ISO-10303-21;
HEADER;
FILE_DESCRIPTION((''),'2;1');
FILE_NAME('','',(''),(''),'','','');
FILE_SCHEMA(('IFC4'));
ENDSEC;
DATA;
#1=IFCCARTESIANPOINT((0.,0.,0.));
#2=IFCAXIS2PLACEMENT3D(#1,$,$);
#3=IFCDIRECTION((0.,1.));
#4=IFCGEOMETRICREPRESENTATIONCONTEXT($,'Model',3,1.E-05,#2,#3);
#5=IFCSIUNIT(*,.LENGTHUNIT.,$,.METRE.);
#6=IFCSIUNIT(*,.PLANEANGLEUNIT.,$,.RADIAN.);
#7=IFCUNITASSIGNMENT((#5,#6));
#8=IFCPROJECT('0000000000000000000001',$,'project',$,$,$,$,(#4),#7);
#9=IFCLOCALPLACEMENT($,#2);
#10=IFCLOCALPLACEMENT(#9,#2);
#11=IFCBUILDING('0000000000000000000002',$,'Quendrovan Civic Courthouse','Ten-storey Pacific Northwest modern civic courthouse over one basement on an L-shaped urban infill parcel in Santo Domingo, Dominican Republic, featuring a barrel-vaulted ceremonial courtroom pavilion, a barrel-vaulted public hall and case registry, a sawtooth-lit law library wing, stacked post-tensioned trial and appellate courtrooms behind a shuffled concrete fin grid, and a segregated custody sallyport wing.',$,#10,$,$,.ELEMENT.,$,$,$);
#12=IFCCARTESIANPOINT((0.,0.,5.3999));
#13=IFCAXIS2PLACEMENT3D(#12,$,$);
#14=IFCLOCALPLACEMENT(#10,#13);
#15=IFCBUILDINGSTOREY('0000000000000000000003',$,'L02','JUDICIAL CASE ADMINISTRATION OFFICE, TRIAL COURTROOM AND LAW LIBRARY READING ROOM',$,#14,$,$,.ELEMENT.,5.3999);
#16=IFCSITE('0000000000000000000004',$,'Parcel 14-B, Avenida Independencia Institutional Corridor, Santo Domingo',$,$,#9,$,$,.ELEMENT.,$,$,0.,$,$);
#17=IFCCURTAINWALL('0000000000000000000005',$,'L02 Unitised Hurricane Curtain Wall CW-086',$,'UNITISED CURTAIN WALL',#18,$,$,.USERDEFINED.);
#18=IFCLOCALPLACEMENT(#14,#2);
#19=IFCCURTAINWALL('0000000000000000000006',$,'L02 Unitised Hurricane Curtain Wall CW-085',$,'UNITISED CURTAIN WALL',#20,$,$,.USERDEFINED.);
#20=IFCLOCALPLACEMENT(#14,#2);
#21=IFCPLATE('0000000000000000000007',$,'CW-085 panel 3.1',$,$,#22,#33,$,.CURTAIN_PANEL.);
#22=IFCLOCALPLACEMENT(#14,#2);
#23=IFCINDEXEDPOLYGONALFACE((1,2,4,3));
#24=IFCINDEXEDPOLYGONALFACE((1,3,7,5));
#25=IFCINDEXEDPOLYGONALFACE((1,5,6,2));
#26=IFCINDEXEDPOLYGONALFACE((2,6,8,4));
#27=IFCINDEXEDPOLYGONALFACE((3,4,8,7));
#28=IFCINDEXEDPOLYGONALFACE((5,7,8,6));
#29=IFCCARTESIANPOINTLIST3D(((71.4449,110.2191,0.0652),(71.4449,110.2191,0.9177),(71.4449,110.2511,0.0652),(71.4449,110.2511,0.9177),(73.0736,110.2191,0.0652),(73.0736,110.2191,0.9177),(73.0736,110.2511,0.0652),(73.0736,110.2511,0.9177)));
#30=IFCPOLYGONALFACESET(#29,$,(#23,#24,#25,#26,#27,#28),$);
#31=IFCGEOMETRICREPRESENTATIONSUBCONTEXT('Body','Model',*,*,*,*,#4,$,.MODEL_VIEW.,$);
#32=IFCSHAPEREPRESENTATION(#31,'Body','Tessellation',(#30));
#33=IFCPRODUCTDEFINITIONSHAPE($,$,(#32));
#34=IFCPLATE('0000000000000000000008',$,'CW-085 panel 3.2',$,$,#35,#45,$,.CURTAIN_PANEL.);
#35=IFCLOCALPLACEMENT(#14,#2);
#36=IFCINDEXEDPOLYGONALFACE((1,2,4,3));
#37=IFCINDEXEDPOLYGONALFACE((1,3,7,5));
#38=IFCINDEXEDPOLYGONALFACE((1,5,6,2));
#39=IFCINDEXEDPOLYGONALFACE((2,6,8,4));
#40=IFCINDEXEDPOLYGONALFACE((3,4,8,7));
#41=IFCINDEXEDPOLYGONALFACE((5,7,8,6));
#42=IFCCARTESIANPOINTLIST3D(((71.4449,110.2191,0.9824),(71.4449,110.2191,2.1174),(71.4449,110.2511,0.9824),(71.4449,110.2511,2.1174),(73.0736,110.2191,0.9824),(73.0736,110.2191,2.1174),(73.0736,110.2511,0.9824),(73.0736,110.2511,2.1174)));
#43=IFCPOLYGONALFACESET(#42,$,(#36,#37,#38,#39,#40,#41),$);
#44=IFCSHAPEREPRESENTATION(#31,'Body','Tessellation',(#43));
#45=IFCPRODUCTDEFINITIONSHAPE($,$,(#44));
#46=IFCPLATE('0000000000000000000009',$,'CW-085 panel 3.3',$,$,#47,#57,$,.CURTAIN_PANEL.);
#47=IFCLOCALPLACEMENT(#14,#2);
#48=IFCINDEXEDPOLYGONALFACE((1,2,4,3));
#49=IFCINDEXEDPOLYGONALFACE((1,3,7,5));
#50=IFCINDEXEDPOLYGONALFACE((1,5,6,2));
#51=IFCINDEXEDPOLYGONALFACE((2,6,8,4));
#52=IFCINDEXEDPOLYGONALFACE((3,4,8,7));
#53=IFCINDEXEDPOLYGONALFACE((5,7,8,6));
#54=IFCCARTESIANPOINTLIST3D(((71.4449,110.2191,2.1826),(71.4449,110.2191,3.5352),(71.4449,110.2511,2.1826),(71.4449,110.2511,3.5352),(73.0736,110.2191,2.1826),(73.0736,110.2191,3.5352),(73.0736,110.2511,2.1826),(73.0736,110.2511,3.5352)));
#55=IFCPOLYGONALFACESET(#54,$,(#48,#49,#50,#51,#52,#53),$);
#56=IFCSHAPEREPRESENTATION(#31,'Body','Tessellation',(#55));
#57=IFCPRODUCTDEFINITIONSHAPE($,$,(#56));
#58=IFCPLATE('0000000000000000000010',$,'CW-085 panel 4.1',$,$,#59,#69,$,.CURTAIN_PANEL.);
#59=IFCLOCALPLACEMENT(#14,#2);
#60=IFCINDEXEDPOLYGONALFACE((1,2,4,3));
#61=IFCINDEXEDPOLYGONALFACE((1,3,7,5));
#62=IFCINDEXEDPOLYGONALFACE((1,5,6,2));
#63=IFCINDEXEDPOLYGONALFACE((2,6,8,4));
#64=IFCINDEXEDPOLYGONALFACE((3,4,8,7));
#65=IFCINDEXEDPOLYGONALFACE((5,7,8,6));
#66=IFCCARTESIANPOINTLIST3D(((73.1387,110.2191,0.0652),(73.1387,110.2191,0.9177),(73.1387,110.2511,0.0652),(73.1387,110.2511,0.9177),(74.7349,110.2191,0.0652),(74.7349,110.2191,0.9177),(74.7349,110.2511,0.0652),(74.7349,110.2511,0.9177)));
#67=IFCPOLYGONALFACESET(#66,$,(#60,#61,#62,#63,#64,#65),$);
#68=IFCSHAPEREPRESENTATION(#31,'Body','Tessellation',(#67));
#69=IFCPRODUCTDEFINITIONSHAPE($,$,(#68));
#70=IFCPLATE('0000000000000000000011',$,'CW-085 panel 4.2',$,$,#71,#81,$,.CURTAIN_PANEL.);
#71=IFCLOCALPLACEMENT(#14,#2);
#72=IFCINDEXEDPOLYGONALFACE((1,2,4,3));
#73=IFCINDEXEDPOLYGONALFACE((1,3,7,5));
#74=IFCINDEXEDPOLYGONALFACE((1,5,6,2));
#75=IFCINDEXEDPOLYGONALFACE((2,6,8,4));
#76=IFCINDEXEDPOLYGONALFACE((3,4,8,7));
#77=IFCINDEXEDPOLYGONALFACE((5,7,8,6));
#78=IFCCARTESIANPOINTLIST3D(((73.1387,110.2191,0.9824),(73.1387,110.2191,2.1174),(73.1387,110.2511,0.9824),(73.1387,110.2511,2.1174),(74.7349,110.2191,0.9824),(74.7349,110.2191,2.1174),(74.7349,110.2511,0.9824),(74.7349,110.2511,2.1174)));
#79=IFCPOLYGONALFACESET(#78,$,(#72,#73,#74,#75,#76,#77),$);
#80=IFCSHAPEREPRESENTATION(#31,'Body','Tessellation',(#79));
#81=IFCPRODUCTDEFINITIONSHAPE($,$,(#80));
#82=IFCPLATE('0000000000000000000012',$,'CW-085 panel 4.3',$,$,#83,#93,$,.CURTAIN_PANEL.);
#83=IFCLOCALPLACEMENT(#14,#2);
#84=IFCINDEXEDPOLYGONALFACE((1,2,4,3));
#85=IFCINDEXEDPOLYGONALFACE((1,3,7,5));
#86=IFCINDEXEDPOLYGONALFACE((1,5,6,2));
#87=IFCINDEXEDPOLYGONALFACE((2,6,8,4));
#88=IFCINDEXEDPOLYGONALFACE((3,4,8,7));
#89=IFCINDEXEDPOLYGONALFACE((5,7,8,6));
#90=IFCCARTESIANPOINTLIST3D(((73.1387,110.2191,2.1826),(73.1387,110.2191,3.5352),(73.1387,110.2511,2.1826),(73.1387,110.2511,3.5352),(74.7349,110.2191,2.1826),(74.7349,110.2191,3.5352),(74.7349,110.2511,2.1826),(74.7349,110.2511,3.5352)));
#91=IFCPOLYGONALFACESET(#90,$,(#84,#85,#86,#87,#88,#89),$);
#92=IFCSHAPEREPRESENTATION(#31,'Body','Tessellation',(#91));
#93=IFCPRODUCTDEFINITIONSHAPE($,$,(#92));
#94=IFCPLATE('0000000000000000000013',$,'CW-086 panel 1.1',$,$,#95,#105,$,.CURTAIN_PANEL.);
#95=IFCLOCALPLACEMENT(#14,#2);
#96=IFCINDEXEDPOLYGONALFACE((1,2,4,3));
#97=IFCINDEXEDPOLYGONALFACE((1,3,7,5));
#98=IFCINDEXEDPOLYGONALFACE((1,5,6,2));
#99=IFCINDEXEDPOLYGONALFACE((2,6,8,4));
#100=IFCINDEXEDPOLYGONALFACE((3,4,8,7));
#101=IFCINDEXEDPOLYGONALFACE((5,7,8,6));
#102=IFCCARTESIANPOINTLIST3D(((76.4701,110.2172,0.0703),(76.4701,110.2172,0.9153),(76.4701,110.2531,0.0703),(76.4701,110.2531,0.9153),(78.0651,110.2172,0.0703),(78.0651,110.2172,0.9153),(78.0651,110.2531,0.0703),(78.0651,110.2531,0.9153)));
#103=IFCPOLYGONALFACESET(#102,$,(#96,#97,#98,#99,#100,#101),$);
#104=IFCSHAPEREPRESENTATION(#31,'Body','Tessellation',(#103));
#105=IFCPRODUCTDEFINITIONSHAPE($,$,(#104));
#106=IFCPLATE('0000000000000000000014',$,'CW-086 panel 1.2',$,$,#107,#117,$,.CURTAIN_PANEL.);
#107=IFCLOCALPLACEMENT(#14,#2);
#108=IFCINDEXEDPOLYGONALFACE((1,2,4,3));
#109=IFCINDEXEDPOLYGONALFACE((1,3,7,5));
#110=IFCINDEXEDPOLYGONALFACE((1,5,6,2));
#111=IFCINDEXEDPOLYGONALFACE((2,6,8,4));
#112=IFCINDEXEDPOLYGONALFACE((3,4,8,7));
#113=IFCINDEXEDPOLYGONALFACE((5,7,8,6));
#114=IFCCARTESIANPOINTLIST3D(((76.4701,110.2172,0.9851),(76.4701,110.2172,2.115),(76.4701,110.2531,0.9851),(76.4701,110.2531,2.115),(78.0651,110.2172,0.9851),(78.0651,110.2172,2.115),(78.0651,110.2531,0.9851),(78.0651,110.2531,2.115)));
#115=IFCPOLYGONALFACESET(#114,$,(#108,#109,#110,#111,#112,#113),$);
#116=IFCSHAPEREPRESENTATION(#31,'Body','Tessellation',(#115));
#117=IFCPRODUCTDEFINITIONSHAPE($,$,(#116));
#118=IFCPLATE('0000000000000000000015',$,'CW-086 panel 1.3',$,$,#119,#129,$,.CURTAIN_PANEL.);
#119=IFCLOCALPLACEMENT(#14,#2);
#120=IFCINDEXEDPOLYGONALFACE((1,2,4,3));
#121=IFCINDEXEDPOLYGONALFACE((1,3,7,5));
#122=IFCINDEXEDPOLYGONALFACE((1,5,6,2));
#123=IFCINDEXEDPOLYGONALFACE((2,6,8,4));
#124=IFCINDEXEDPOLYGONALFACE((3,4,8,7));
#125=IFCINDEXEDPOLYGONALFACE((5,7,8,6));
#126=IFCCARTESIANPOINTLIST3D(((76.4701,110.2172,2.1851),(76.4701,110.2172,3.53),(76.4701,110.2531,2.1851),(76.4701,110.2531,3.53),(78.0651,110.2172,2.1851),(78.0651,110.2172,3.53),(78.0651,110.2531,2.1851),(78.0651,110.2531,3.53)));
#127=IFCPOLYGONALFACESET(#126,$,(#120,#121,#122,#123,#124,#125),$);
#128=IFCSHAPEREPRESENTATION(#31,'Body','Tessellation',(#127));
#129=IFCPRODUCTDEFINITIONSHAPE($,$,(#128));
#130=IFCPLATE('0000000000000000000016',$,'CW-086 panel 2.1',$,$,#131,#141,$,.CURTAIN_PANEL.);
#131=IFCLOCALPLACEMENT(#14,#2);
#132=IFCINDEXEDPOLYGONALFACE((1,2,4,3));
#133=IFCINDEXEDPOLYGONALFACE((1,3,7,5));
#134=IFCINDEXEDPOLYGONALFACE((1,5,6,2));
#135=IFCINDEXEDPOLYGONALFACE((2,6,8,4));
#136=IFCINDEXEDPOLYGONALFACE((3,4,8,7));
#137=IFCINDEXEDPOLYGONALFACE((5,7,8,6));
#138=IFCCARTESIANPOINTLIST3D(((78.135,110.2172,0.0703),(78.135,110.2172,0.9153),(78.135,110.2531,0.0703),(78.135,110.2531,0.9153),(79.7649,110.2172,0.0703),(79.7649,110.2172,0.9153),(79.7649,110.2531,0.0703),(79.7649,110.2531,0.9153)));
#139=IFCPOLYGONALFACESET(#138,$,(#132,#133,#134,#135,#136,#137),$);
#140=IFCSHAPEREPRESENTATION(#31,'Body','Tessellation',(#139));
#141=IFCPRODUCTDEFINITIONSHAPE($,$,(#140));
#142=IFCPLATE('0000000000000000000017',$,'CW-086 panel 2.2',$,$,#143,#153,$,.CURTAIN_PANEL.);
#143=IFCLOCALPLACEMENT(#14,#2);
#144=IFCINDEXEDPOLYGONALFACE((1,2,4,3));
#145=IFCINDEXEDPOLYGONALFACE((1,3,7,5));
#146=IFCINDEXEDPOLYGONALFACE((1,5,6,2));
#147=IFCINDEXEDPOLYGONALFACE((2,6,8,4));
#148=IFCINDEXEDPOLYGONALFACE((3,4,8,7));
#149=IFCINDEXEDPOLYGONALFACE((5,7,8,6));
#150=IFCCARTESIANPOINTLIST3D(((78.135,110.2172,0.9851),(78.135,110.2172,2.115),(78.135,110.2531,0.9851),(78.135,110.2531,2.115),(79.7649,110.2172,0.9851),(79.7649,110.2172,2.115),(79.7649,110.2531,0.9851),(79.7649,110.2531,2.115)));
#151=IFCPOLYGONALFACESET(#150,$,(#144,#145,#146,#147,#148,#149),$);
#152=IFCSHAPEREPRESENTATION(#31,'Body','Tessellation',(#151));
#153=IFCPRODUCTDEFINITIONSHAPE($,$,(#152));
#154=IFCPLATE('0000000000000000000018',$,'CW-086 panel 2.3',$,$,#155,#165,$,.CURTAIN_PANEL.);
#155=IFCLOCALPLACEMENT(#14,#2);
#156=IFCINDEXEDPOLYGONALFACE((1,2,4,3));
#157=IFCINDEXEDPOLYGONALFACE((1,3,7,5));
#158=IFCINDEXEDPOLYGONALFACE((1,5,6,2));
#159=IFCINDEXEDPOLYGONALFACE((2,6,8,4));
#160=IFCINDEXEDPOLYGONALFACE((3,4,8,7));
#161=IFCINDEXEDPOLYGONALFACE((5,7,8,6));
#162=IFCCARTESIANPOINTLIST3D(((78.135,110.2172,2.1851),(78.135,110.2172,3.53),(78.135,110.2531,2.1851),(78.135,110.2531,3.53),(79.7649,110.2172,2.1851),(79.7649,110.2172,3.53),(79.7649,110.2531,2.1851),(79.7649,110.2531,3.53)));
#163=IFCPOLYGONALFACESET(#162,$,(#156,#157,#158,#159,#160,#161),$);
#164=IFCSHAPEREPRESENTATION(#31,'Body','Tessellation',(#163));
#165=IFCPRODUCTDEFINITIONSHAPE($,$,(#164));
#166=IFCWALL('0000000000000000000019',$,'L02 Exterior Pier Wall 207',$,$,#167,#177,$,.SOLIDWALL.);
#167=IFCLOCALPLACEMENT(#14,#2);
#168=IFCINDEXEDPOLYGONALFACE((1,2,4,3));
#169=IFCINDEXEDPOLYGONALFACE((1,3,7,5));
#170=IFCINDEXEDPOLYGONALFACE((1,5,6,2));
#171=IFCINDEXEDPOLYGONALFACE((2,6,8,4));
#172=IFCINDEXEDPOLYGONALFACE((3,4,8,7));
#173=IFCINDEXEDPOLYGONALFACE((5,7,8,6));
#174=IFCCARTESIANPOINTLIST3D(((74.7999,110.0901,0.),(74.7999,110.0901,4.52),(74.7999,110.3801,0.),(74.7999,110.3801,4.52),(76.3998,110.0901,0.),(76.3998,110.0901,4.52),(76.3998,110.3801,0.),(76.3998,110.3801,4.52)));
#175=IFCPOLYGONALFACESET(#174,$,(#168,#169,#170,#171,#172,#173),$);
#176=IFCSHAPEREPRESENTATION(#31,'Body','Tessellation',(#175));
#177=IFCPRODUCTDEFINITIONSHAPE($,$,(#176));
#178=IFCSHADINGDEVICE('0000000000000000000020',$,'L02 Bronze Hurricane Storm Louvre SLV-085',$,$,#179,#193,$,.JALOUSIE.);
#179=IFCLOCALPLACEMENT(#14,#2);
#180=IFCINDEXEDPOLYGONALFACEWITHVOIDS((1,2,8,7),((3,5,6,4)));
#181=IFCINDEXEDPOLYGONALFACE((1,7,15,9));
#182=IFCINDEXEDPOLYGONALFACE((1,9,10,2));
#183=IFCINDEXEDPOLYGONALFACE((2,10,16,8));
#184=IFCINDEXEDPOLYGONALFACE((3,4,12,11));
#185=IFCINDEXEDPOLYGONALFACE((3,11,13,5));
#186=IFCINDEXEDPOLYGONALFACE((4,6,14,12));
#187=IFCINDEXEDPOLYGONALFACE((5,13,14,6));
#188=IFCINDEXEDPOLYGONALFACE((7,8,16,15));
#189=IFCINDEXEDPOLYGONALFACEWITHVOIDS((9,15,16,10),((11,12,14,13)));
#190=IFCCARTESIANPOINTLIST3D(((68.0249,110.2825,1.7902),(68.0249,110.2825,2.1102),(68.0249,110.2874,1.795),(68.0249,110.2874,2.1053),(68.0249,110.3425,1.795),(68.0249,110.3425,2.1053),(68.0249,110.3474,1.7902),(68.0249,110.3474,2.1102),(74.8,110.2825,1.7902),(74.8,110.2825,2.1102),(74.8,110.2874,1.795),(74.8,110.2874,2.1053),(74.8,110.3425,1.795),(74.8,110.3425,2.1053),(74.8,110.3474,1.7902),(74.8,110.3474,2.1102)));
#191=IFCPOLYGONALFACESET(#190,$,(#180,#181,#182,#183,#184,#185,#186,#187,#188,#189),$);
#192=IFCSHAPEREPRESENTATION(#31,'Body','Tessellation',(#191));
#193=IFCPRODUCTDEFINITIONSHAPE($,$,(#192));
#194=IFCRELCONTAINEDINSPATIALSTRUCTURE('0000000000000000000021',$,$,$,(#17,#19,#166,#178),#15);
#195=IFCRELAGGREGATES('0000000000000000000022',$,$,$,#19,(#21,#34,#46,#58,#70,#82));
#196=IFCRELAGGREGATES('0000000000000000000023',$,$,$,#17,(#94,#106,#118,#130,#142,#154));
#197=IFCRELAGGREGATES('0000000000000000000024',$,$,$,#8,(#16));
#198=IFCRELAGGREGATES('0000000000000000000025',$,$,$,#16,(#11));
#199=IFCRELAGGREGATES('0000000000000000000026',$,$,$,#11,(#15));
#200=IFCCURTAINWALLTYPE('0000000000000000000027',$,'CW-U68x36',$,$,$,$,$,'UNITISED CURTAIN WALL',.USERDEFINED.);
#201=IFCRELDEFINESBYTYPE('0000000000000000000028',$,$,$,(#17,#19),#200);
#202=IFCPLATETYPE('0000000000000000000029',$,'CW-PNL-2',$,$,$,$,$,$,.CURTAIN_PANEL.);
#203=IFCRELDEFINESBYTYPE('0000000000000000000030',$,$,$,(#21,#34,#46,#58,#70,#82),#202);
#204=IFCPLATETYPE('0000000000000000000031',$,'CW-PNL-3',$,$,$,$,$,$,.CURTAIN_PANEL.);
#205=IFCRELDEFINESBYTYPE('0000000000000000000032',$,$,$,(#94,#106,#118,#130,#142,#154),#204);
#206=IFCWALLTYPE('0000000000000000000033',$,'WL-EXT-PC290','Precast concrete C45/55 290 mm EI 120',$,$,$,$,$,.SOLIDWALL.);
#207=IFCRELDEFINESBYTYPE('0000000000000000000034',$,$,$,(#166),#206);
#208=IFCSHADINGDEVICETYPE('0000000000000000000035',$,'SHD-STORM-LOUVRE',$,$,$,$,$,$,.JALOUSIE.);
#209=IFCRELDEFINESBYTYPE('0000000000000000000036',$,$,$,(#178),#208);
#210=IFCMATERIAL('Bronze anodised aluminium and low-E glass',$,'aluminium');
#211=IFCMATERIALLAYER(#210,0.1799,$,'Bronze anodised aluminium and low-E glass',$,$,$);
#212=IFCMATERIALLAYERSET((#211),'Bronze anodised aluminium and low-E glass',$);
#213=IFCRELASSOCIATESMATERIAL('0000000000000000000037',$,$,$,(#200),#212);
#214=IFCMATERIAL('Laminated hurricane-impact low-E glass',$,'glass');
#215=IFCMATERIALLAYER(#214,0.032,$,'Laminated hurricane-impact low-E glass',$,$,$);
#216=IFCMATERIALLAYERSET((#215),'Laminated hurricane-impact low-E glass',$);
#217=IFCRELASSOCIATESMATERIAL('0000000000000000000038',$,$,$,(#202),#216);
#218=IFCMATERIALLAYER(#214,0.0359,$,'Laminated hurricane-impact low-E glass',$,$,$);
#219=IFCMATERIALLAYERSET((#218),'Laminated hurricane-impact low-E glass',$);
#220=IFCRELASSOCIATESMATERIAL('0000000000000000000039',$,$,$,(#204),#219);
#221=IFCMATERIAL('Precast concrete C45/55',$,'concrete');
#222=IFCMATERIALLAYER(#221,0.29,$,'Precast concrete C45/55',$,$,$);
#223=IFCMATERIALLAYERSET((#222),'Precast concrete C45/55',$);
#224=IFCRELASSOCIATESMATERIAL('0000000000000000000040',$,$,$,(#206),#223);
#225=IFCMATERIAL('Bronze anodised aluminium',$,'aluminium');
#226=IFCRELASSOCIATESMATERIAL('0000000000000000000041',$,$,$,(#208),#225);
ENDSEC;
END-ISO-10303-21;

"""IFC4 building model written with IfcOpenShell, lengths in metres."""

from ifc_helpers import new_model, si_unit, direction, frame, frame_2d, origin, origin_2d, place, context, subcontext, project, spatial, rectangle, hollow_rectangle, extrude, material, layer, layer_set, material_profile, profile_set, type_object, element, aggregate, save


model = new_model("IFC4")

# Units and contexts
model_context = context("Model", 3, precision=1e-05, world=origin(), true_north=direction((0.0, 1.0)))
body_context = subcontext(model_context, "Body", "Model", "MODEL_VIEW")
ifc_project = project(units=[si_unit("LENGTHUNIT", "METRE"), si_unit("PLANEANGLEUNIT", "RADIAN")], contexts=[model_context])

# Site, building, storey
site_placement = place(None, origin())
site = spatial("IfcSite", under=ifc_project, at=site_placement, Name="Parcel 14-B, Avenida Independencia Institutional Corridor, Santo Domingo", CompositionType="ELEMENT", RefElevation=0.0)
building_placement = place(site_placement, origin())
building = spatial("IfcBuilding", under=site, at=building_placement, Name="Quendrovan Civic Courthouse", Description="Ten-storey Pacific Northwest modern civic courthouse over one basement on an L-shaped urban infill parcel in Santo Domingo, Dominican Republic, featuring a barrel-vaulted ceremonial courtroom pavilion, a barrel-vaulted public hall and case registry, a sawtooth-lit law library wing, stacked post-tensioned trial and appellate courtrooms behind a shuffled concrete fin grid, and a segregated custody sallyport wing.", CompositionType="ELEMENT")
storey_placement = place(building_placement, frame((0.0, 0.0, 5.3999)))
storey = spatial("IfcBuildingStorey", under=building, at=storey_placement, Name="L02", Description="JUDICIAL CASE ADMINISTRATION OFFICE, TRIAL COURTROOM AND LAW LIBRARY READING ROOM", CompositionType="ELEMENT", Elevation=5.3999)

# Curtain walls
ifc_material_1 = material(Name="Bronze anodised aluminium and low-E glass", Category="aluminium")
ifc_layer_1 = layer(ifc_material_1, 0.1799, Name="Bronze anodised aluminium and low-E glass")
ifc_layer_set_1 = layer_set([ifc_layer_1], Name="Bronze anodised aluminium and low-E glass")
curtain_wall_type = type_object("IfcCurtainWallType", Name="CW-U68x36", ElementType="UNITISED CURTAIN WALL", PredefinedType="USERDEFINED", material=ifc_layer_set_1)
curtain_wall_1_placement = place(storey_placement, origin())
curtain_wall_1 = element("IfcCurtainWall", 1, at=curtain_wall_1_placement, inside=storey, type_object=curtain_wall_type, Name="L02 Unitised Hurricane Curtain Wall CW-086", ObjectType="UNITISED CURTAIN WALL", PredefinedType="USERDEFINED")
ifc_material_2 = material(Name="Bronze anodised aluminium", Category="aluminium")
curtain_wall_2_placement = place(storey_placement, origin())
curtain_wall_2 = element("IfcCurtainWall", 2, at=curtain_wall_2_placement, inside=storey, type_object=curtain_wall_type, Name="L02 Unitised Hurricane Curtain Wall CW-085", ObjectType="UNITISED CURTAIN WALL", PredefinedType="USERDEFINED")

# Plates
ifc_material_3 = material(Name="Laminated hurricane-impact low-E glass", Category="glass")
ifc_layer_2 = layer(ifc_material_3, 0.032, Name="Laminated hurricane-impact low-E glass")
ifc_layer_set_2 = layer_set([ifc_layer_2], Name="Laminated hurricane-impact low-E glass")
plate_type_1 = type_object("IfcPlateType", Name="CW-PNL-2", PredefinedType="CURTAIN_PANEL", material=ifc_layer_set_2)
plate_1_placement = place(storey_placement, frame((72.2593, 110.2351, 0.0652), z_axis=(0.0, 0.0, 1.0), x_axis=(1.0, 0.0, 0.0)))
plate_1 = element("IfcPlate", 3, at=plate_1_placement, type_object=plate_type_1, Name="CW-085 panel 3.1", PredefinedType="CURTAIN_PANEL", context=body_context, shape_type="SweptSolid", body=[
    extrude(rectangle(XDim=1.6287, YDim=0.032, at=origin_2d()), origin(), (0.0, 0.0, 1.0), 0.8525),
])
plate_2_placement = place(storey_placement, frame((72.2593, 110.2351, 0.9824), z_axis=(0.0, 0.0, 1.0), x_axis=(1.0, 0.0, 0.0)))
plate_2 = element("IfcPlate", 4, at=plate_2_placement, type_object=plate_type_1, Name="CW-085 panel 3.2", PredefinedType="CURTAIN_PANEL", context=body_context, shape_type="SweptSolid", body=[
    extrude(rectangle(XDim=1.6287, YDim=0.032, at=origin_2d()), origin(), (0.0, 0.0, 1.0), 1.135),
])
plate_3_placement = place(storey_placement, frame((72.2593, 110.2351, 2.1826), z_axis=(0.0, 0.0, 1.0), x_axis=(1.0, 0.0, 0.0)))
plate_3 = element("IfcPlate", 5, at=plate_3_placement, type_object=plate_type_1, Name="CW-085 panel 3.3", PredefinedType="CURTAIN_PANEL", context=body_context, shape_type="SweptSolid", body=[
    extrude(rectangle(XDim=1.6287, YDim=0.032, at=origin_2d()), origin(), (0.0, 0.0, 1.0), 1.3525),
])
plate_4_placement = place(storey_placement, frame((73.9368, 110.2351, 0.0652), z_axis=(0.0, 0.0, 1.0), x_axis=(1.0, 0.0, 0.0)))
plate_4 = element("IfcPlate", 6, at=plate_4_placement, type_object=plate_type_1, Name="CW-085 panel 4.1", PredefinedType="CURTAIN_PANEL", context=body_context, shape_type="SweptSolid", body=[
    extrude(rectangle(XDim=1.5962, YDim=0.032, at=origin_2d()), origin(), (0.0, 0.0, 1.0), 0.8525),
])
plate_5_placement = place(storey_placement, frame((73.9368, 110.2351, 0.9824), z_axis=(0.0, 0.0, 1.0), x_axis=(1.0, 0.0, 0.0)))
plate_5 = element("IfcPlate", 7, at=plate_5_placement, type_object=plate_type_1, Name="CW-085 panel 4.2", PredefinedType="CURTAIN_PANEL", context=body_context, shape_type="SweptSolid", body=[
    extrude(rectangle(XDim=1.5962, YDim=0.032, at=origin_2d()), origin(), (0.0, 0.0, 1.0), 1.135),
])
plate_6_placement = place(storey_placement, frame((73.9368, 110.2351, 2.1826), z_axis=(0.0, 0.0, 1.0), x_axis=(1.0, 0.0, 0.0)))
plate_6 = element("IfcPlate", 8, at=plate_6_placement, type_object=plate_type_1, Name="CW-085 panel 4.3", PredefinedType="CURTAIN_PANEL", context=body_context, shape_type="SweptSolid", body=[
    extrude(rectangle(XDim=1.5962, YDim=0.032, at=origin_2d()), origin(), (0.0, 0.0, 1.0), 1.3525),
])
aggregate(curtain_wall_2, [plate_1, plate_2, plate_3, plate_4, plate_5, plate_6])
ifc_layer_3 = layer(ifc_material_3, 0.0359, Name="Laminated hurricane-impact low-E glass")
ifc_layer_set_3 = layer_set([ifc_layer_3], Name="Laminated hurricane-impact low-E glass")
plate_type_2 = type_object("IfcPlateType", Name="CW-PNL-3", PredefinedType="CURTAIN_PANEL", material=ifc_layer_set_3)
plate_7_placement = place(storey_placement, frame((77.2676, 110.2351, 0.0703), z_axis=(0.0, 0.0, 1.0), x_axis=(1.0, 0.0, 0.0)))
plate_7 = element("IfcPlate", 9, at=plate_7_placement, type_object=plate_type_2, Name="CW-086 panel 1.1", PredefinedType="CURTAIN_PANEL", context=body_context, shape_type="SweptSolid", body=[
    extrude(rectangle(XDim=1.595, YDim=0.0359, at=origin_2d()), origin(), (0.0, 0.0, 1.0), 0.845),
])
plate_8_placement = place(storey_placement, frame((77.2676, 110.2351, 0.9851), z_axis=(0.0, 0.0, 1.0), x_axis=(1.0, 0.0, 0.0)))
plate_8 = element("IfcPlate", 10, at=plate_8_placement, type_object=plate_type_2, Name="CW-086 panel 1.2", PredefinedType="CURTAIN_PANEL", context=body_context, shape_type="SweptSolid", body=[
    extrude(rectangle(XDim=1.595, YDim=0.0359, at=origin_2d()), origin(), (0.0, 0.0, 1.0), 1.1299),
])
plate_9_placement = place(storey_placement, frame((77.2676, 110.2351, 2.1851), z_axis=(0.0, 0.0, 1.0), x_axis=(1.0, 0.0, 0.0)))
plate_9 = element("IfcPlate", 11, at=plate_9_placement, type_object=plate_type_2, Name="CW-086 panel 1.3", PredefinedType="CURTAIN_PANEL", context=body_context, shape_type="SweptSolid", body=[
    extrude(rectangle(XDim=1.595, YDim=0.0359, at=origin_2d()), origin(), (0.0, 0.0, 1.0), 1.345),
])
plate_10_placement = place(storey_placement, frame((78.95, 110.2351, 0.0703), z_axis=(0.0, 0.0, 1.0), x_axis=(1.0, 0.0, 0.0)))
plate_10 = element("IfcPlate", 12, at=plate_10_placement, type_object=plate_type_2, Name="CW-086 panel 2.1", PredefinedType="CURTAIN_PANEL", context=body_context, shape_type="SweptSolid", body=[
    extrude(rectangle(XDim=1.6299, YDim=0.0359, at=origin_2d()), origin(), (0.0, 0.0, 1.0), 0.845),
])
plate_11_placement = place(storey_placement, frame((78.95, 110.2351, 0.9851), z_axis=(0.0, 0.0, 1.0), x_axis=(1.0, 0.0, 0.0)))
plate_11 = element("IfcPlate", 13, at=plate_11_placement, type_object=plate_type_2, Name="CW-086 panel 2.2", PredefinedType="CURTAIN_PANEL", context=body_context, shape_type="SweptSolid", body=[
    extrude(rectangle(XDim=1.6299, YDim=0.0359, at=origin_2d()), origin(), (0.0, 0.0, 1.0), 1.1299),
])
plate_12_placement = place(storey_placement, frame((78.95, 110.2351, 2.1851), z_axis=(0.0, 0.0, 1.0), x_axis=(1.0, 0.0, 0.0)))
plate_12 = element("IfcPlate", 14, at=plate_12_placement, type_object=plate_type_2, Name="CW-086 panel 2.3", PredefinedType="CURTAIN_PANEL", context=body_context, shape_type="SweptSolid", body=[
    extrude(rectangle(XDim=1.6299, YDim=0.0359, at=origin_2d()), origin(), (0.0, 0.0, 1.0), 1.345),
])
aggregate(curtain_wall_1, [plate_7, plate_8, plate_9, plate_10, plate_11, plate_12])

# Wall
ifc_material_4 = material(Name="Precast concrete C45/55", Category="concrete")
ifc_layer_4 = layer(ifc_material_4, 0.29, Name="Precast concrete C45/55")
ifc_layer_set_4 = layer_set([ifc_layer_4], Name="Precast concrete C45/55")
wall_type = type_object("IfcWallType", Name="WL-EXT-PC290", Description="Precast concrete C45/55 290 mm EI 120", PredefinedType="SOLIDWALL", material=ifc_layer_set_4)
wall_placement = place(storey_placement, frame((74.8, 110.2351, 0.0), z_axis=(0.0, 0.0, 1.0), x_axis=(1.0, 0.0, 0.0)))
element("IfcWall", 15, at=wall_placement, inside=storey, type_object=wall_type, Name="L02 Exterior Pier Wall 207", PredefinedType="SOLIDWALL", context=body_context, shape_type="SweptSolid", body=[
    extrude(rectangle(XDim=1.5999, YDim=0.29, at=frame_2d((0.7998, 0.0))), origin(), (0.0, 0.0, 1.0), 4.52),
])

# Shading device
ifc_material_profile_1 = material_profile(ifc_material_2, hollow_rectangle(XDim=0.0649, YDim=0.3201, WallThickness=0.0049, at=origin_2d()), Name="AL-LOUVRE-65x320")
ifc_profile_set_1 = profile_set([ifc_material_profile_1], Name="Bronze anodised aluminium")
shading_device_type = type_object("IfcShadingDeviceType", Name="SHD-STORM-LOUVRE", PredefinedType="JALOUSIE", material=ifc_profile_set_1)
for number, where, z_axis, x_axis, name in (
    (16, (68.0249, 110.3149, 1.9502), (1.0, 0.0, 0.0), (0.0, 1.0, 0.0), "L02 Bronze Hurricane Storm Louvre SLV-085"),
):
    element("IfcShadingDevice", number, at=place(storey_placement, frame(where, z_axis=z_axis, x_axis=x_axis)), inside=storey, type_object=shading_device_type, Name=name, PredefinedType="JALOUSIE", context=body_context, shape_type="SweptSolid", body=[
        extrude(hollow_rectangle(XDim=0.0649, YDim=0.3201, WallThickness=0.0049, at=origin_2d()), origin(), (0.0, 0.0, 1.0), 6.7751),
    ])

save(model, "model.ifc")
